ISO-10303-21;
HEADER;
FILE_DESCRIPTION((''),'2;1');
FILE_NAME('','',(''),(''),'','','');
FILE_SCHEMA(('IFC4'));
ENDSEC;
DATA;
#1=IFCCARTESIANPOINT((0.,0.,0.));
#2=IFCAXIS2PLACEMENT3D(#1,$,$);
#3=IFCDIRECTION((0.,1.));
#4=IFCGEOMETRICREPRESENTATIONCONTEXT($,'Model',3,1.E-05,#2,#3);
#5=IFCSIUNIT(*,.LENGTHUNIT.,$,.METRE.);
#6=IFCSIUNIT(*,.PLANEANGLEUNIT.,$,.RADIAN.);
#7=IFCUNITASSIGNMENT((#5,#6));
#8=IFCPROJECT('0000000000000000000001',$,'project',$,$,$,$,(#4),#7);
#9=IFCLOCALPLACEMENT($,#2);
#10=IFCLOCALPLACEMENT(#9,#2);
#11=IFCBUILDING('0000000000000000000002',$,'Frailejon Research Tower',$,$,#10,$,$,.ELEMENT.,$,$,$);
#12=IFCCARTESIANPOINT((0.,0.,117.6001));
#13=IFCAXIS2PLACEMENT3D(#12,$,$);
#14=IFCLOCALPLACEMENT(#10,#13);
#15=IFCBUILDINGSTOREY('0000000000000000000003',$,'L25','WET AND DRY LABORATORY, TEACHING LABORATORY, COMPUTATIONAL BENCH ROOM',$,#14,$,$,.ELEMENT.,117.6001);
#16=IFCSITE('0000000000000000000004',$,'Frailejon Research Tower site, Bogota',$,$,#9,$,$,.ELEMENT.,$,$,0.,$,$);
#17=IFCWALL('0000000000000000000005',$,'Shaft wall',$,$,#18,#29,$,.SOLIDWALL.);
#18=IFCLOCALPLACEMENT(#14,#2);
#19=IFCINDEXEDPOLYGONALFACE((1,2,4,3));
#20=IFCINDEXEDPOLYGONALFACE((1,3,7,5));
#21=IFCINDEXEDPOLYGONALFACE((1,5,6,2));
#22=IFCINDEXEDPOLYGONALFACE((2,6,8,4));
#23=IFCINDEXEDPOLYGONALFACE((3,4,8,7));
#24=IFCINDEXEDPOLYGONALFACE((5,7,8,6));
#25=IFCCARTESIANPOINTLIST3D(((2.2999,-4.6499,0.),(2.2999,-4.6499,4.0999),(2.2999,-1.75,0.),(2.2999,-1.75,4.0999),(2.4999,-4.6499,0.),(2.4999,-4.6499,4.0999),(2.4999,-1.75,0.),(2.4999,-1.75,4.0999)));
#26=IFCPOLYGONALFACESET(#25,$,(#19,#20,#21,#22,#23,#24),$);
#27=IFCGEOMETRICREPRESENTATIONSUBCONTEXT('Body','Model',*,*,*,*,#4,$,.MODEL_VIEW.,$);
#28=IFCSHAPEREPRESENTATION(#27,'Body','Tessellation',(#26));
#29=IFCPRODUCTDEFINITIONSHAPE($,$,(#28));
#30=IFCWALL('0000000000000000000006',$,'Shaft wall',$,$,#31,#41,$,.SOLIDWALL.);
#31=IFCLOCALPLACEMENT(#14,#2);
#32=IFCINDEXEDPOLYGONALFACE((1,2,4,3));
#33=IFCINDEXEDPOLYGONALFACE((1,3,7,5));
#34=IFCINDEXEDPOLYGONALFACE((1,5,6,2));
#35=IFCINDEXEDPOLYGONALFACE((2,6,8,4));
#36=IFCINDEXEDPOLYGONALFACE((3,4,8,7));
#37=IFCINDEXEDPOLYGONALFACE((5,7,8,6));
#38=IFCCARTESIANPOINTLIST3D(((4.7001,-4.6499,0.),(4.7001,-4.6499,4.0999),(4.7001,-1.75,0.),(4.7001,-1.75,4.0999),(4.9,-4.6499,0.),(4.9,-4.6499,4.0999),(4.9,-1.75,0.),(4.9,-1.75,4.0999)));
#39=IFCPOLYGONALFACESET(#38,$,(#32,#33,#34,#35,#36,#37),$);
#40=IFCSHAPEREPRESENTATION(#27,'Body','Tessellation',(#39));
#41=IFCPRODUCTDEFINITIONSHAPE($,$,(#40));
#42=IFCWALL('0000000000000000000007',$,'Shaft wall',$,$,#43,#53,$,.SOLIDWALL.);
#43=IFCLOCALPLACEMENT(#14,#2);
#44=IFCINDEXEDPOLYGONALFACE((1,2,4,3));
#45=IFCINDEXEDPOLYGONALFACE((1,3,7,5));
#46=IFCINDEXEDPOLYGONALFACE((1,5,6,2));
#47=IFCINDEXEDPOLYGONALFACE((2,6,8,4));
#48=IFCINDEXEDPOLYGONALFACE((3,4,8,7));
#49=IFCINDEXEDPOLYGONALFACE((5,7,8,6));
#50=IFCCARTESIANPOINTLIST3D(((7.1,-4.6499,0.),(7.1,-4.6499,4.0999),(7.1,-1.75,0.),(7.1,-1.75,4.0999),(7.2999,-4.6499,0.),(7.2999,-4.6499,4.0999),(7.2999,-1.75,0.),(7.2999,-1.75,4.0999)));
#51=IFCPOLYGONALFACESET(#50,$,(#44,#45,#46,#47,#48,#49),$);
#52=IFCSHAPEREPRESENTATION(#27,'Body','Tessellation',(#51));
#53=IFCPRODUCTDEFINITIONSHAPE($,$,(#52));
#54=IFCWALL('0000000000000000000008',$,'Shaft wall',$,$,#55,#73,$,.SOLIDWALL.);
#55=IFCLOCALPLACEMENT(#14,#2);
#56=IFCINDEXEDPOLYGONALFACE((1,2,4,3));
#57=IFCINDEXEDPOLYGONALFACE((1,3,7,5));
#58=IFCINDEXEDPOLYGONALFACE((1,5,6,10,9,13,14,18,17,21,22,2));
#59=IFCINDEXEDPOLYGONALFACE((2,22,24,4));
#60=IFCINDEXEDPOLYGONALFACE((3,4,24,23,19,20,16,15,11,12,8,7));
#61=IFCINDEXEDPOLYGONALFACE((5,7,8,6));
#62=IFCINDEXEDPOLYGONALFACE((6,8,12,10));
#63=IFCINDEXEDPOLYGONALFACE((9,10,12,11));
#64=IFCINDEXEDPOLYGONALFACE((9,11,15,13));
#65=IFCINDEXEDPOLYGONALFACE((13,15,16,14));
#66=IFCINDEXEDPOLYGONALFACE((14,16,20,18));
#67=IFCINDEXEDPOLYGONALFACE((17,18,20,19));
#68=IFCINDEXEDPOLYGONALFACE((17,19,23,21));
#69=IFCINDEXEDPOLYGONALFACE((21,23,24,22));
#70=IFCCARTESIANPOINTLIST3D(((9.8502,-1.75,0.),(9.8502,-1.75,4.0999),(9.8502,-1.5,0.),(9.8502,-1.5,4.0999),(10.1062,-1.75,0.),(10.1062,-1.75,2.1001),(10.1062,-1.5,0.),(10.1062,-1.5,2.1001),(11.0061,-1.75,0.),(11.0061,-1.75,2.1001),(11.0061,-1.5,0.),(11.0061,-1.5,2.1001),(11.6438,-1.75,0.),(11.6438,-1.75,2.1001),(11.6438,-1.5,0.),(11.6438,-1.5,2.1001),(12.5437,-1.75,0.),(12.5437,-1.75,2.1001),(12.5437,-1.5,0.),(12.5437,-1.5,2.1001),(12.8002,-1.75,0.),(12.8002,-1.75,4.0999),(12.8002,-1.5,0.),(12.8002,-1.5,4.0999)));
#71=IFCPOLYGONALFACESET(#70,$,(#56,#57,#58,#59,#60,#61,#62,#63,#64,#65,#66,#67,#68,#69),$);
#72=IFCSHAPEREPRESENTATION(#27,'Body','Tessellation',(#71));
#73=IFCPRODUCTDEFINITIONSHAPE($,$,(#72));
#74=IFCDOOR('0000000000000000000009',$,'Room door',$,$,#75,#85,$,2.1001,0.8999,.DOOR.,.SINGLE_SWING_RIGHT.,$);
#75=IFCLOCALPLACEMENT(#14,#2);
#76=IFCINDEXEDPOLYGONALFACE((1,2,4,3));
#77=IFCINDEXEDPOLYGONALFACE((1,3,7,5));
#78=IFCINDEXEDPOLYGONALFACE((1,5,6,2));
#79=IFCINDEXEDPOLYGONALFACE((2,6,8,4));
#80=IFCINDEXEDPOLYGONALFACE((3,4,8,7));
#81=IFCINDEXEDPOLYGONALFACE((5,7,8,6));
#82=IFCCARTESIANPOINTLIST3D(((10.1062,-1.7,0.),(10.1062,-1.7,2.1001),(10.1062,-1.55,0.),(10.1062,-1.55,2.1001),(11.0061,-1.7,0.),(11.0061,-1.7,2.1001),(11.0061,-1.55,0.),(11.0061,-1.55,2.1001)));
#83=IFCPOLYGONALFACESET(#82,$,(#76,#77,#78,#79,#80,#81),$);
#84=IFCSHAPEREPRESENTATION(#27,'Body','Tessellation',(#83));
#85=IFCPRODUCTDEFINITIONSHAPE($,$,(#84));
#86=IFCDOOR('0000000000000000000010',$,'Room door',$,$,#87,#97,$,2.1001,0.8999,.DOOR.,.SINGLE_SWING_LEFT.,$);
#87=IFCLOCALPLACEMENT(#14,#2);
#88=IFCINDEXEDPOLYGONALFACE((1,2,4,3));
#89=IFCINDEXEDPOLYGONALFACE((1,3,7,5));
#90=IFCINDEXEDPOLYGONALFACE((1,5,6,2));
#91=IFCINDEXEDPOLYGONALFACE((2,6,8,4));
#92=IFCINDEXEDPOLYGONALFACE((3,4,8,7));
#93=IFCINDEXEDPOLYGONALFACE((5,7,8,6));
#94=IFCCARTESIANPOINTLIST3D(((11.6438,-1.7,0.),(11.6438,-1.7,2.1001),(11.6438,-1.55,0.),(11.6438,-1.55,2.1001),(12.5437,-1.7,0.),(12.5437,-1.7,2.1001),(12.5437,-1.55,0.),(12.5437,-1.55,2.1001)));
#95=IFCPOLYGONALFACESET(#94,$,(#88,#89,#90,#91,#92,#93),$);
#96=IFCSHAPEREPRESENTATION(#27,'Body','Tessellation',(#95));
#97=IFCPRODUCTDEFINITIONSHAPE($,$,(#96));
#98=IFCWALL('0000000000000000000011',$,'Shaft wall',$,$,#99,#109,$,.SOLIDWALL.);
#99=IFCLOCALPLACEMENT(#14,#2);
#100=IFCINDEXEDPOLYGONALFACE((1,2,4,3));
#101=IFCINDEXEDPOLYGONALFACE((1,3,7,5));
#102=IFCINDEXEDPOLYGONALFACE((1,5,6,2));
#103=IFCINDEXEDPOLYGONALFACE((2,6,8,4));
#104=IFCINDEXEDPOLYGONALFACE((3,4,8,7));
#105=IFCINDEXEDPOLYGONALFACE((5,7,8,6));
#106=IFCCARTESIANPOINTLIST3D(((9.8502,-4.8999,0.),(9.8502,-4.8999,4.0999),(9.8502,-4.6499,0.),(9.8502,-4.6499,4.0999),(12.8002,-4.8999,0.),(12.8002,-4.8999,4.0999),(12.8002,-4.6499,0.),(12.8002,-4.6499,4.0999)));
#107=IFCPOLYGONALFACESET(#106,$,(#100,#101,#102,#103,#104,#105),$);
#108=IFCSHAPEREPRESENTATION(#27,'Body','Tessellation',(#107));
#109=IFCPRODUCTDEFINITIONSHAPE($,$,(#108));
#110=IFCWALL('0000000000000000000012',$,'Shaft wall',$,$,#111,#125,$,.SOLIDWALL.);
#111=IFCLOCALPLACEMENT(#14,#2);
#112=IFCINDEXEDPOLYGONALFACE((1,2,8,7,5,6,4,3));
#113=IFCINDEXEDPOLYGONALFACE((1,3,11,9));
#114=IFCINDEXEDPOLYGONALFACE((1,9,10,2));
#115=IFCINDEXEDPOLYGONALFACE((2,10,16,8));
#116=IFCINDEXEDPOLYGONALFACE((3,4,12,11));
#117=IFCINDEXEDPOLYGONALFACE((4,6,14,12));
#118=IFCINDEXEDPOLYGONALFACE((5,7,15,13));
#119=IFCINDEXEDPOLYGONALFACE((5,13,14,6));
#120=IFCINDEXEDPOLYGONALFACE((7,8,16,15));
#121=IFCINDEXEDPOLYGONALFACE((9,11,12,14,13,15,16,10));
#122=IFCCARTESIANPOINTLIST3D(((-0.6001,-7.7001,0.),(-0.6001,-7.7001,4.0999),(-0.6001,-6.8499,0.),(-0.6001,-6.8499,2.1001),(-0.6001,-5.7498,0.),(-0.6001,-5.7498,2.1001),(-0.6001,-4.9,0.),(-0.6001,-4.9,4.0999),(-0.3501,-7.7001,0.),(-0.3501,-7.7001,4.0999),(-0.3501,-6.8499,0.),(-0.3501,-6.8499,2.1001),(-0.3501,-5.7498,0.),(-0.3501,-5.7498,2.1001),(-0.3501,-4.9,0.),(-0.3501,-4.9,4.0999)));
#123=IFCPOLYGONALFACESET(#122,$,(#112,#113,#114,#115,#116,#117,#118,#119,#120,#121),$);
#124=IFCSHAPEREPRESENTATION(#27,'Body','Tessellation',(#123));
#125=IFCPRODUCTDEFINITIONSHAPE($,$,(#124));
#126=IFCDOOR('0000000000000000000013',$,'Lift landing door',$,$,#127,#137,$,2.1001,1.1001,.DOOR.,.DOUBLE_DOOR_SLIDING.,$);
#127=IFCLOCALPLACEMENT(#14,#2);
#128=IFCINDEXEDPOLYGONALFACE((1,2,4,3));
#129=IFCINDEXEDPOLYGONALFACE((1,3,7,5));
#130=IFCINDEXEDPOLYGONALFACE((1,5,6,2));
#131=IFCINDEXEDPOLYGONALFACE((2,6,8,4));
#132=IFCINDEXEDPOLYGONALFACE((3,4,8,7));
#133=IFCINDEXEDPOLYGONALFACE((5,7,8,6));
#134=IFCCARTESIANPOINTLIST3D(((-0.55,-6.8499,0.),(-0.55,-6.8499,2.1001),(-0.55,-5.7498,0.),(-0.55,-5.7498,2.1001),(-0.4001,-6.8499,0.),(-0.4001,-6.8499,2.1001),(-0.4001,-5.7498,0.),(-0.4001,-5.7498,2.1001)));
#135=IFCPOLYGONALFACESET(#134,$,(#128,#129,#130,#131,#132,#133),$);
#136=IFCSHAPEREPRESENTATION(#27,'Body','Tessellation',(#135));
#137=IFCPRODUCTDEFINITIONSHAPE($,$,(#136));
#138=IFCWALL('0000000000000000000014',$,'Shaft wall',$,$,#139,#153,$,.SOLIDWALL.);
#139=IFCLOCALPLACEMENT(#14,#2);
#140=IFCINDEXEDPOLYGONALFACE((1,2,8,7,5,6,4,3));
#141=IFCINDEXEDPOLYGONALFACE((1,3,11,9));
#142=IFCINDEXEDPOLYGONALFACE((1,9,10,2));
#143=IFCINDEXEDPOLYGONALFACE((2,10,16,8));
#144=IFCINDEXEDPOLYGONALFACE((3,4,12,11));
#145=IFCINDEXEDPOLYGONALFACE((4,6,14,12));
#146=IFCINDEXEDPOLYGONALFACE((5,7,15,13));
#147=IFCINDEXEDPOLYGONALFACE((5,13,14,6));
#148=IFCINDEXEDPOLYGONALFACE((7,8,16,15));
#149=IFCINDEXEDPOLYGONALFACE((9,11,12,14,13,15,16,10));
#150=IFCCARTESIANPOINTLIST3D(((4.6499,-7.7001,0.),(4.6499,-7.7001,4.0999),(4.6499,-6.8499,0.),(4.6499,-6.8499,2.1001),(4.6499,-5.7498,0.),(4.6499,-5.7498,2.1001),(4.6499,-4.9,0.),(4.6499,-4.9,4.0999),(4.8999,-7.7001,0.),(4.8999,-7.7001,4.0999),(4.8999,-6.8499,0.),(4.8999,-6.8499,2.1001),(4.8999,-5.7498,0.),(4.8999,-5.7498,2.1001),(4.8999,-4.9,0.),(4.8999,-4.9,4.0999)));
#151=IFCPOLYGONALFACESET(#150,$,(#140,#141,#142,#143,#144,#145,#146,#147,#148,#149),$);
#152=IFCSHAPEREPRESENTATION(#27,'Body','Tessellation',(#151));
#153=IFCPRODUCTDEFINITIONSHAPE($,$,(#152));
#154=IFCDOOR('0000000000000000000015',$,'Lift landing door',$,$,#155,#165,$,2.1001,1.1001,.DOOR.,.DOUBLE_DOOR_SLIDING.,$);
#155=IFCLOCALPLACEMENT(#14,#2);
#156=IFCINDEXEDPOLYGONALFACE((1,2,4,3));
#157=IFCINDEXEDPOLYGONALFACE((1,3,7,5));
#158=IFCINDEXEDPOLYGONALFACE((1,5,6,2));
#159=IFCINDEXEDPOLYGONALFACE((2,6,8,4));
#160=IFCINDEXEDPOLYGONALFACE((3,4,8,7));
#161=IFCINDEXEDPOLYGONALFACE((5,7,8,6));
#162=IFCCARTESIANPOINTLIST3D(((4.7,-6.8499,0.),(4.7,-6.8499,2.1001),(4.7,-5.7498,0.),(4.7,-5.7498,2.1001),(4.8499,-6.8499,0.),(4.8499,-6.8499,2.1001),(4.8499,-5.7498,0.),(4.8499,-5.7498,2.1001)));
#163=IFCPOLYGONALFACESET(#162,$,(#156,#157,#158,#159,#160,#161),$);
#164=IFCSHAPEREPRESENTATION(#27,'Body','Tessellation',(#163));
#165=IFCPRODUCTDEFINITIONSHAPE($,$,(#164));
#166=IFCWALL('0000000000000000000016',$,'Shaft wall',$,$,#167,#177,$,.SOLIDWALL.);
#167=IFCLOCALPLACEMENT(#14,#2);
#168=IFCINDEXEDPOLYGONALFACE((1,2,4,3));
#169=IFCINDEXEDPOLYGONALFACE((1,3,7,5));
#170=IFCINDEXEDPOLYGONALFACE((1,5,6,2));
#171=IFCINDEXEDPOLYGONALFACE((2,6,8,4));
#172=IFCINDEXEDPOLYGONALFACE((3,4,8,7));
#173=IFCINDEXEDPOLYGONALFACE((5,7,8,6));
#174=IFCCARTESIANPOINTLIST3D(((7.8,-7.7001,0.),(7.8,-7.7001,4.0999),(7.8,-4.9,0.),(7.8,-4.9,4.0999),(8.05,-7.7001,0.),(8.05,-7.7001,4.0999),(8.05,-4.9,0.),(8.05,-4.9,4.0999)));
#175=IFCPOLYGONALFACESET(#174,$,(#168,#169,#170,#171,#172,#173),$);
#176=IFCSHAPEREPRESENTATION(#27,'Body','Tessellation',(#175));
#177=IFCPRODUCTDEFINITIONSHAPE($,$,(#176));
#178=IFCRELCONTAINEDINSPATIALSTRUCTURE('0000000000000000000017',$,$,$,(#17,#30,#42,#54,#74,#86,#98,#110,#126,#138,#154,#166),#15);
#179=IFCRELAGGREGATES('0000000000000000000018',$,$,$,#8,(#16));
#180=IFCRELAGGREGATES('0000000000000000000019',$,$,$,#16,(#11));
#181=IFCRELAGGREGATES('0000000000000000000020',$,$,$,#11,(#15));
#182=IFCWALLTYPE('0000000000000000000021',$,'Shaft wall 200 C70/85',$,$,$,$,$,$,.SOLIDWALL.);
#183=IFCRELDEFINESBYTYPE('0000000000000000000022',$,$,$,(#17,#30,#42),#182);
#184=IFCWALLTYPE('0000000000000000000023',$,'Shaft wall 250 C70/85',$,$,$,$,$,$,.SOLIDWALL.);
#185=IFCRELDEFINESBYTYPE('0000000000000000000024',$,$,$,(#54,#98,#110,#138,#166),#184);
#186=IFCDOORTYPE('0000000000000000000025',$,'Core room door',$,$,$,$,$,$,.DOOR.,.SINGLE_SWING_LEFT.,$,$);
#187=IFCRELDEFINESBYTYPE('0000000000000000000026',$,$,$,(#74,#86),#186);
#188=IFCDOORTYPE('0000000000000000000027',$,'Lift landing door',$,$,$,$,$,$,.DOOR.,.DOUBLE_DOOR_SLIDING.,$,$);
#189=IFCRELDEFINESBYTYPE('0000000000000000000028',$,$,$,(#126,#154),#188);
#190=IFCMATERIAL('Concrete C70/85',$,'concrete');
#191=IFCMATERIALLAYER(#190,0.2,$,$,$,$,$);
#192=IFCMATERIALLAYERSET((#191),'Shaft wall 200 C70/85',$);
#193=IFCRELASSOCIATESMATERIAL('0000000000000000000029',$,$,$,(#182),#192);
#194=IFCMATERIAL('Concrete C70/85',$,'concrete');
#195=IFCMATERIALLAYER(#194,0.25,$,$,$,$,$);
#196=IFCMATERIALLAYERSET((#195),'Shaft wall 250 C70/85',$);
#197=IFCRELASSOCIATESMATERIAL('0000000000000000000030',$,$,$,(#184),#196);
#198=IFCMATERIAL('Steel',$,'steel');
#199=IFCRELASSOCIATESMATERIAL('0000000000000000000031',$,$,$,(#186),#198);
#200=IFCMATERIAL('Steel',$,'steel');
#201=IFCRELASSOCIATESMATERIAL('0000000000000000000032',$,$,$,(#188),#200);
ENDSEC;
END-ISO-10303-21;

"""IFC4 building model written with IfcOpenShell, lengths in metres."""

from ifc_helpers import new_model, si_unit, direction, frame, frame_2d, origin, place, context, subcontext, project, spatial, rectangle, extrude, material, layer, layer_set, type_object, element, fill, save


model = new_model("IFC4")

# Units and contexts
model_context = context("Model", 3, precision=1e-05, world=origin(), true_north=direction((0.0, 1.0)))
body_context = subcontext(model_context, "Body", "Model", "MODEL_VIEW")
ifc_project = project(units=[si_unit("LENGTHUNIT", "METRE"), si_unit("PLANEANGLEUNIT", "RADIAN")], contexts=[model_context])

# Site, building, storey
site_placement = place(None, origin())
site = spatial("IfcSite", under=ifc_project, at=site_placement, Name="Frailejon Research Tower site, Bogota", CompositionType="ELEMENT", RefElevation=0.0)
building_placement = place(site_placement, origin())
building = spatial("IfcBuilding", under=site, at=building_placement, Name="Frailejon Research Tower", CompositionType="ELEMENT")
storey_placement = place(building_placement, frame((0.0, 0.0, 117.6001)))
storey = spatial("IfcBuildingStorey", under=building, at=storey_placement, Name="L25", Description="WET AND DRY LABORATORY, TEACHING LABORATORY, COMPUTATIONAL BENCH ROOM", CompositionType="ELEMENT", Elevation=117.6001)

# Walls
ifc_material_1 = material(Name="Concrete C70/85", Category="concrete")
ifc_layer_1 = layer(ifc_material_1, 0.2)
ifc_layer_set_1 = layer_set([ifc_layer_1], Name="Shaft wall 200 C70/85")
wall_type_1 = type_object("IfcWallType", Name="Shaft wall 200 C70/85", PredefinedType="SOLIDWALL", material=ifc_layer_set_1)
for number, where, z_axis, x_axis, name in (
    (1, (2.3999, -4.6499, 0.0), (0.0, 0.0, 1.0), (0.0, 1.0, 0.0), "Shaft wall"),
    (2, (4.8, -4.6499, 0.0), (0.0, 0.0, 1.0), (0.0, 1.0, 0.0), "Shaft wall"),
    (3, (7.2, -4.6499, 0.0), (0.0, 0.0, 1.0), (0.0, 1.0, 0.0), "Shaft wall"),
):
    element("IfcWall", number, at=place(storey_placement, frame(where, z_axis=z_axis, x_axis=x_axis)), inside=storey, type_object=wall_type_1, Name=name, PredefinedType="SOLIDWALL", context=body_context, shape_type="SweptSolid", body=[
        extrude(rectangle(XDim=2.8999, YDim=0.2, at=frame_2d((1.45, 0.0))), origin(), (0.0, 0.0, 1.0), 4.0999),
    ])

# Wall, openings, doors
ifc_material_2 = material(Name="Concrete C70/85", Category="concrete")
ifc_layer_2 = layer(ifc_material_2, 0.25)
ifc_layer_set_2 = layer_set([ifc_layer_2], Name="Shaft wall 250 C70/85")
wall_type_2 = type_object("IfcWallType", Name="Shaft wall 250 C70/85", PredefinedType="SOLIDWALL", material=ifc_layer_set_2)
wall_1_placement = place(storey_placement, frame((9.8501, -1.625, 0.0), z_axis=(0.0, 0.0, 1.0), x_axis=(1.0, 0.0, 0.0)))
wall_1 = element("IfcWall", 4, at=wall_1_placement, inside=storey, type_object=wall_type_2, Name="Shaft wall", PredefinedType="SOLIDWALL", context=body_context, shape_type="SweptSolid", body=[
    extrude(rectangle(XDim=2.95, YDim=0.25, at=frame_2d((1.4751, 0.0))), origin(), (0.0, 0.0, 1.0), 4.0999),
])
opening_1_placement = place(wall_1_placement, frame((0.2561, 0.0, 0.0)))
opening_1 = element("IfcOpeningElement", 5, at=opening_1_placement, cuts=wall_1, PredefinedType="OPENING", context=body_context, shape_type="SweptSolid", body=[
    extrude(rectangle(XDim=0.8999, YDim=2.1001, at=frame_2d((0.45, 1.05))), frame((0.0, 0.135, 0.0), z_axis=(0.0, -1.0, 0.0), x_axis=(1.0, 0.0, 0.0)), (0.0, 0.0, 1.0), 0.27),
])
opening_2_placement = place(wall_1_placement, frame((1.7937, 0.0, 0.0)))
opening_2 = element("IfcOpeningElement", 6, at=opening_2_placement, cuts=wall_1, PredefinedType="OPENING", context=body_context, shape_type="SweptSolid", body=[
    extrude(rectangle(XDim=0.8999, YDim=2.1001, at=frame_2d((0.45, 1.05))), frame((0.0, 0.135, 0.0), z_axis=(0.0, -1.0, 0.0), x_axis=(1.0, 0.0, 0.0)), (0.0, 0.0, 1.0), 0.27),
])
ifc_material_3 = material(Name="Steel", Category="steel")
door_type_1 = type_object("IfcDoorType", Name="Core room door", OperationType="SINGLE_SWING_LEFT", PredefinedType="DOOR", material=ifc_material_3)
door_1_placement = place(opening_1_placement, origin())
door_1 = element("IfcDoor", 7, at=door_1_placement, inside=storey, type_object=door_type_1, Name="Room door", OperationType="SINGLE_SWING_RIGHT", OverallHeight=2.1001, OverallWidth=0.8999, PredefinedType="DOOR", context=body_context, shape_type="SweptSolid", body=[
    extrude(rectangle(XDim=0.8999, YDim=2.1001, at=frame_2d((0.45, 1.05))), frame((0.0, 0.075, 0.0), z_axis=(0.0, -1.0, 0.0), x_axis=(1.0, 0.0, 0.0)), (0.0, 0.0, 1.0), 0.1499),
])
fill(opening_1, door_1)
door_2_placement = place(opening_2_placement, origin())
door_2 = element("IfcDoor", 8, at=door_2_placement, inside=storey, type_object=door_type_1, Name="Room door", OperationType="SINGLE_SWING_LEFT", OverallHeight=2.1001, OverallWidth=0.8999, PredefinedType="DOOR", context=body_context, shape_type="SweptSolid", body=[
    extrude(rectangle(XDim=0.8999, YDim=2.1001, at=frame_2d((0.45, 1.05))), frame((0.0, 0.075, 0.0), z_axis=(0.0, -1.0, 0.0), x_axis=(1.0, 0.0, 0.0)), (0.0, 0.0, 1.0), 0.1499),
])
fill(opening_2, door_2)

# Wall
wall_2_placement = place(storey_placement, frame((9.8501, -4.7749, 0.0), z_axis=(0.0, 0.0, 1.0), x_axis=(1.0, 0.0, 0.0)))
element("IfcWall", 9, at=wall_2_placement, inside=storey, type_object=wall_type_2, Name="Shaft wall", PredefinedType="SOLIDWALL", context=body_context, shape_type="SweptSolid", body=[
    extrude(rectangle(XDim=2.95, YDim=0.25, at=frame_2d((1.4751, 0.0))), origin(), (0.0, 0.0, 1.0), 4.0999),
])

# Walls, openings, doors
wall_3_placement = place(storey_placement, frame((-0.4751, -7.7, 0.0), z_axis=(0.0, 0.0, 1.0), x_axis=(0.0, 1.0, 0.0)))
wall_3 = element("IfcWall", 10, at=wall_3_placement, inside=storey, type_object=wall_type_2, Name="Shaft wall", PredefinedType="SOLIDWALL", context=body_context, shape_type="SweptSolid", body=[
    extrude(rectangle(XDim=2.8, YDim=0.25, at=frame_2d((1.3999, 0.0))), origin(), (0.0, 0.0, 1.0), 4.0999),
])
opening_3_placement = place(wall_3_placement, frame((0.8501, 0.0, 0.0)))
opening_3 = element("IfcOpeningElement", 11, at=opening_3_placement, cuts=wall_3, PredefinedType="OPENING", context=body_context, shape_type="SweptSolid", body=[
    extrude(rectangle(XDim=1.1001, YDim=2.1001, at=frame_2d((0.55, 1.05))), frame((0.0, 0.135, 0.0), z_axis=(0.0, -1.0, 0.0), x_axis=(1.0, 0.0, 0.0)), (0.0, 0.0, 1.0), 0.27),
])
ifc_material_4 = material(Name="Steel", Category="steel")
door_type_2 = type_object("IfcDoorType", Name="Lift landing door", OperationType="DOUBLE_DOOR_SLIDING", PredefinedType="DOOR", material=ifc_material_4)
door_3_placement = place(opening_3_placement, origin())
door_3 = element("IfcDoor", 12, at=door_3_placement, inside=storey, type_object=door_type_2, Name="Lift landing door", OperationType="DOUBLE_DOOR_SLIDING", OverallHeight=2.1001, OverallWidth=1.1001, PredefinedType="DOOR", context=body_context, shape_type="SweptSolid", body=[
    extrude(rectangle(XDim=1.1001, YDim=2.1001, at=frame_2d((0.55, 1.05))), frame((0.0, 0.075, 0.0), z_axis=(0.0, -1.0, 0.0), x_axis=(1.0, 0.0, 0.0)), (0.0, 0.0, 1.0), 0.1499),
])
fill(opening_3, door_3)
wall_4_placement = place(storey_placement, frame((4.7749, -7.7, 0.0), z_axis=(0.0, 0.0, 1.0), x_axis=(0.0, 1.0, 0.0)))
wall_4 = element("IfcWall", 13, at=wall_4_placement, inside=storey, type_object=wall_type_2, Name="Shaft wall", PredefinedType="SOLIDWALL", context=body_context, shape_type="SweptSolid", body=[
    extrude(rectangle(XDim=2.8, YDim=0.25, at=frame_2d((1.3999, 0.0))), origin(), (0.0, 0.0, 1.0), 4.0999),
])
opening_4_placement = place(wall_4_placement, frame((0.8501, 0.0, 0.0)))
opening_4 = element("IfcOpeningElement", 14, at=opening_4_placement, cuts=wall_4, PredefinedType="OPENING", context=body_context, shape_type="SweptSolid", body=[
    extrude(rectangle(XDim=1.1001, YDim=2.1001, at=frame_2d((0.55, 1.05))), frame((0.0, 0.135, 0.0), z_axis=(0.0, -1.0, 0.0), x_axis=(1.0, 0.0, 0.0)), (0.0, 0.0, 1.0), 0.27),
])
door_4_placement = place(opening_4_placement, origin())
door_4 = element("IfcDoor", 15, at=door_4_placement, inside=storey, type_object=door_type_2, Name="Lift landing door", OperationType="DOUBLE_DOOR_SLIDING", OverallHeight=2.1001, OverallWidth=1.1001, PredefinedType="DOOR", context=body_context, shape_type="SweptSolid", body=[
    extrude(rectangle(XDim=1.1001, YDim=2.1001, at=frame_2d((0.55, 1.05))), frame((0.0, 0.075, 0.0), z_axis=(0.0, -1.0, 0.0), x_axis=(1.0, 0.0, 0.0)), (0.0, 0.0, 1.0), 0.1499),
])
fill(opening_4, door_4)

# Wall
wall_5_placement = place(storey_placement, frame((7.925, -7.7, 0.0), z_axis=(0.0, 0.0, 1.0), x_axis=(0.0, 1.0, 0.0)))
element("IfcWall", 16, at=wall_5_placement, inside=storey, type_object=wall_type_2, Name="Shaft wall", PredefinedType="SOLIDWALL", context=body_context, shape_type="SweptSolid", body=[
    extrude(rectangle(XDim=2.8, YDim=0.25, at=frame_2d((1.3999, 0.0))), origin(), (0.0, 0.0, 1.0), 4.0999),
])

save(model, "model.ifc")
